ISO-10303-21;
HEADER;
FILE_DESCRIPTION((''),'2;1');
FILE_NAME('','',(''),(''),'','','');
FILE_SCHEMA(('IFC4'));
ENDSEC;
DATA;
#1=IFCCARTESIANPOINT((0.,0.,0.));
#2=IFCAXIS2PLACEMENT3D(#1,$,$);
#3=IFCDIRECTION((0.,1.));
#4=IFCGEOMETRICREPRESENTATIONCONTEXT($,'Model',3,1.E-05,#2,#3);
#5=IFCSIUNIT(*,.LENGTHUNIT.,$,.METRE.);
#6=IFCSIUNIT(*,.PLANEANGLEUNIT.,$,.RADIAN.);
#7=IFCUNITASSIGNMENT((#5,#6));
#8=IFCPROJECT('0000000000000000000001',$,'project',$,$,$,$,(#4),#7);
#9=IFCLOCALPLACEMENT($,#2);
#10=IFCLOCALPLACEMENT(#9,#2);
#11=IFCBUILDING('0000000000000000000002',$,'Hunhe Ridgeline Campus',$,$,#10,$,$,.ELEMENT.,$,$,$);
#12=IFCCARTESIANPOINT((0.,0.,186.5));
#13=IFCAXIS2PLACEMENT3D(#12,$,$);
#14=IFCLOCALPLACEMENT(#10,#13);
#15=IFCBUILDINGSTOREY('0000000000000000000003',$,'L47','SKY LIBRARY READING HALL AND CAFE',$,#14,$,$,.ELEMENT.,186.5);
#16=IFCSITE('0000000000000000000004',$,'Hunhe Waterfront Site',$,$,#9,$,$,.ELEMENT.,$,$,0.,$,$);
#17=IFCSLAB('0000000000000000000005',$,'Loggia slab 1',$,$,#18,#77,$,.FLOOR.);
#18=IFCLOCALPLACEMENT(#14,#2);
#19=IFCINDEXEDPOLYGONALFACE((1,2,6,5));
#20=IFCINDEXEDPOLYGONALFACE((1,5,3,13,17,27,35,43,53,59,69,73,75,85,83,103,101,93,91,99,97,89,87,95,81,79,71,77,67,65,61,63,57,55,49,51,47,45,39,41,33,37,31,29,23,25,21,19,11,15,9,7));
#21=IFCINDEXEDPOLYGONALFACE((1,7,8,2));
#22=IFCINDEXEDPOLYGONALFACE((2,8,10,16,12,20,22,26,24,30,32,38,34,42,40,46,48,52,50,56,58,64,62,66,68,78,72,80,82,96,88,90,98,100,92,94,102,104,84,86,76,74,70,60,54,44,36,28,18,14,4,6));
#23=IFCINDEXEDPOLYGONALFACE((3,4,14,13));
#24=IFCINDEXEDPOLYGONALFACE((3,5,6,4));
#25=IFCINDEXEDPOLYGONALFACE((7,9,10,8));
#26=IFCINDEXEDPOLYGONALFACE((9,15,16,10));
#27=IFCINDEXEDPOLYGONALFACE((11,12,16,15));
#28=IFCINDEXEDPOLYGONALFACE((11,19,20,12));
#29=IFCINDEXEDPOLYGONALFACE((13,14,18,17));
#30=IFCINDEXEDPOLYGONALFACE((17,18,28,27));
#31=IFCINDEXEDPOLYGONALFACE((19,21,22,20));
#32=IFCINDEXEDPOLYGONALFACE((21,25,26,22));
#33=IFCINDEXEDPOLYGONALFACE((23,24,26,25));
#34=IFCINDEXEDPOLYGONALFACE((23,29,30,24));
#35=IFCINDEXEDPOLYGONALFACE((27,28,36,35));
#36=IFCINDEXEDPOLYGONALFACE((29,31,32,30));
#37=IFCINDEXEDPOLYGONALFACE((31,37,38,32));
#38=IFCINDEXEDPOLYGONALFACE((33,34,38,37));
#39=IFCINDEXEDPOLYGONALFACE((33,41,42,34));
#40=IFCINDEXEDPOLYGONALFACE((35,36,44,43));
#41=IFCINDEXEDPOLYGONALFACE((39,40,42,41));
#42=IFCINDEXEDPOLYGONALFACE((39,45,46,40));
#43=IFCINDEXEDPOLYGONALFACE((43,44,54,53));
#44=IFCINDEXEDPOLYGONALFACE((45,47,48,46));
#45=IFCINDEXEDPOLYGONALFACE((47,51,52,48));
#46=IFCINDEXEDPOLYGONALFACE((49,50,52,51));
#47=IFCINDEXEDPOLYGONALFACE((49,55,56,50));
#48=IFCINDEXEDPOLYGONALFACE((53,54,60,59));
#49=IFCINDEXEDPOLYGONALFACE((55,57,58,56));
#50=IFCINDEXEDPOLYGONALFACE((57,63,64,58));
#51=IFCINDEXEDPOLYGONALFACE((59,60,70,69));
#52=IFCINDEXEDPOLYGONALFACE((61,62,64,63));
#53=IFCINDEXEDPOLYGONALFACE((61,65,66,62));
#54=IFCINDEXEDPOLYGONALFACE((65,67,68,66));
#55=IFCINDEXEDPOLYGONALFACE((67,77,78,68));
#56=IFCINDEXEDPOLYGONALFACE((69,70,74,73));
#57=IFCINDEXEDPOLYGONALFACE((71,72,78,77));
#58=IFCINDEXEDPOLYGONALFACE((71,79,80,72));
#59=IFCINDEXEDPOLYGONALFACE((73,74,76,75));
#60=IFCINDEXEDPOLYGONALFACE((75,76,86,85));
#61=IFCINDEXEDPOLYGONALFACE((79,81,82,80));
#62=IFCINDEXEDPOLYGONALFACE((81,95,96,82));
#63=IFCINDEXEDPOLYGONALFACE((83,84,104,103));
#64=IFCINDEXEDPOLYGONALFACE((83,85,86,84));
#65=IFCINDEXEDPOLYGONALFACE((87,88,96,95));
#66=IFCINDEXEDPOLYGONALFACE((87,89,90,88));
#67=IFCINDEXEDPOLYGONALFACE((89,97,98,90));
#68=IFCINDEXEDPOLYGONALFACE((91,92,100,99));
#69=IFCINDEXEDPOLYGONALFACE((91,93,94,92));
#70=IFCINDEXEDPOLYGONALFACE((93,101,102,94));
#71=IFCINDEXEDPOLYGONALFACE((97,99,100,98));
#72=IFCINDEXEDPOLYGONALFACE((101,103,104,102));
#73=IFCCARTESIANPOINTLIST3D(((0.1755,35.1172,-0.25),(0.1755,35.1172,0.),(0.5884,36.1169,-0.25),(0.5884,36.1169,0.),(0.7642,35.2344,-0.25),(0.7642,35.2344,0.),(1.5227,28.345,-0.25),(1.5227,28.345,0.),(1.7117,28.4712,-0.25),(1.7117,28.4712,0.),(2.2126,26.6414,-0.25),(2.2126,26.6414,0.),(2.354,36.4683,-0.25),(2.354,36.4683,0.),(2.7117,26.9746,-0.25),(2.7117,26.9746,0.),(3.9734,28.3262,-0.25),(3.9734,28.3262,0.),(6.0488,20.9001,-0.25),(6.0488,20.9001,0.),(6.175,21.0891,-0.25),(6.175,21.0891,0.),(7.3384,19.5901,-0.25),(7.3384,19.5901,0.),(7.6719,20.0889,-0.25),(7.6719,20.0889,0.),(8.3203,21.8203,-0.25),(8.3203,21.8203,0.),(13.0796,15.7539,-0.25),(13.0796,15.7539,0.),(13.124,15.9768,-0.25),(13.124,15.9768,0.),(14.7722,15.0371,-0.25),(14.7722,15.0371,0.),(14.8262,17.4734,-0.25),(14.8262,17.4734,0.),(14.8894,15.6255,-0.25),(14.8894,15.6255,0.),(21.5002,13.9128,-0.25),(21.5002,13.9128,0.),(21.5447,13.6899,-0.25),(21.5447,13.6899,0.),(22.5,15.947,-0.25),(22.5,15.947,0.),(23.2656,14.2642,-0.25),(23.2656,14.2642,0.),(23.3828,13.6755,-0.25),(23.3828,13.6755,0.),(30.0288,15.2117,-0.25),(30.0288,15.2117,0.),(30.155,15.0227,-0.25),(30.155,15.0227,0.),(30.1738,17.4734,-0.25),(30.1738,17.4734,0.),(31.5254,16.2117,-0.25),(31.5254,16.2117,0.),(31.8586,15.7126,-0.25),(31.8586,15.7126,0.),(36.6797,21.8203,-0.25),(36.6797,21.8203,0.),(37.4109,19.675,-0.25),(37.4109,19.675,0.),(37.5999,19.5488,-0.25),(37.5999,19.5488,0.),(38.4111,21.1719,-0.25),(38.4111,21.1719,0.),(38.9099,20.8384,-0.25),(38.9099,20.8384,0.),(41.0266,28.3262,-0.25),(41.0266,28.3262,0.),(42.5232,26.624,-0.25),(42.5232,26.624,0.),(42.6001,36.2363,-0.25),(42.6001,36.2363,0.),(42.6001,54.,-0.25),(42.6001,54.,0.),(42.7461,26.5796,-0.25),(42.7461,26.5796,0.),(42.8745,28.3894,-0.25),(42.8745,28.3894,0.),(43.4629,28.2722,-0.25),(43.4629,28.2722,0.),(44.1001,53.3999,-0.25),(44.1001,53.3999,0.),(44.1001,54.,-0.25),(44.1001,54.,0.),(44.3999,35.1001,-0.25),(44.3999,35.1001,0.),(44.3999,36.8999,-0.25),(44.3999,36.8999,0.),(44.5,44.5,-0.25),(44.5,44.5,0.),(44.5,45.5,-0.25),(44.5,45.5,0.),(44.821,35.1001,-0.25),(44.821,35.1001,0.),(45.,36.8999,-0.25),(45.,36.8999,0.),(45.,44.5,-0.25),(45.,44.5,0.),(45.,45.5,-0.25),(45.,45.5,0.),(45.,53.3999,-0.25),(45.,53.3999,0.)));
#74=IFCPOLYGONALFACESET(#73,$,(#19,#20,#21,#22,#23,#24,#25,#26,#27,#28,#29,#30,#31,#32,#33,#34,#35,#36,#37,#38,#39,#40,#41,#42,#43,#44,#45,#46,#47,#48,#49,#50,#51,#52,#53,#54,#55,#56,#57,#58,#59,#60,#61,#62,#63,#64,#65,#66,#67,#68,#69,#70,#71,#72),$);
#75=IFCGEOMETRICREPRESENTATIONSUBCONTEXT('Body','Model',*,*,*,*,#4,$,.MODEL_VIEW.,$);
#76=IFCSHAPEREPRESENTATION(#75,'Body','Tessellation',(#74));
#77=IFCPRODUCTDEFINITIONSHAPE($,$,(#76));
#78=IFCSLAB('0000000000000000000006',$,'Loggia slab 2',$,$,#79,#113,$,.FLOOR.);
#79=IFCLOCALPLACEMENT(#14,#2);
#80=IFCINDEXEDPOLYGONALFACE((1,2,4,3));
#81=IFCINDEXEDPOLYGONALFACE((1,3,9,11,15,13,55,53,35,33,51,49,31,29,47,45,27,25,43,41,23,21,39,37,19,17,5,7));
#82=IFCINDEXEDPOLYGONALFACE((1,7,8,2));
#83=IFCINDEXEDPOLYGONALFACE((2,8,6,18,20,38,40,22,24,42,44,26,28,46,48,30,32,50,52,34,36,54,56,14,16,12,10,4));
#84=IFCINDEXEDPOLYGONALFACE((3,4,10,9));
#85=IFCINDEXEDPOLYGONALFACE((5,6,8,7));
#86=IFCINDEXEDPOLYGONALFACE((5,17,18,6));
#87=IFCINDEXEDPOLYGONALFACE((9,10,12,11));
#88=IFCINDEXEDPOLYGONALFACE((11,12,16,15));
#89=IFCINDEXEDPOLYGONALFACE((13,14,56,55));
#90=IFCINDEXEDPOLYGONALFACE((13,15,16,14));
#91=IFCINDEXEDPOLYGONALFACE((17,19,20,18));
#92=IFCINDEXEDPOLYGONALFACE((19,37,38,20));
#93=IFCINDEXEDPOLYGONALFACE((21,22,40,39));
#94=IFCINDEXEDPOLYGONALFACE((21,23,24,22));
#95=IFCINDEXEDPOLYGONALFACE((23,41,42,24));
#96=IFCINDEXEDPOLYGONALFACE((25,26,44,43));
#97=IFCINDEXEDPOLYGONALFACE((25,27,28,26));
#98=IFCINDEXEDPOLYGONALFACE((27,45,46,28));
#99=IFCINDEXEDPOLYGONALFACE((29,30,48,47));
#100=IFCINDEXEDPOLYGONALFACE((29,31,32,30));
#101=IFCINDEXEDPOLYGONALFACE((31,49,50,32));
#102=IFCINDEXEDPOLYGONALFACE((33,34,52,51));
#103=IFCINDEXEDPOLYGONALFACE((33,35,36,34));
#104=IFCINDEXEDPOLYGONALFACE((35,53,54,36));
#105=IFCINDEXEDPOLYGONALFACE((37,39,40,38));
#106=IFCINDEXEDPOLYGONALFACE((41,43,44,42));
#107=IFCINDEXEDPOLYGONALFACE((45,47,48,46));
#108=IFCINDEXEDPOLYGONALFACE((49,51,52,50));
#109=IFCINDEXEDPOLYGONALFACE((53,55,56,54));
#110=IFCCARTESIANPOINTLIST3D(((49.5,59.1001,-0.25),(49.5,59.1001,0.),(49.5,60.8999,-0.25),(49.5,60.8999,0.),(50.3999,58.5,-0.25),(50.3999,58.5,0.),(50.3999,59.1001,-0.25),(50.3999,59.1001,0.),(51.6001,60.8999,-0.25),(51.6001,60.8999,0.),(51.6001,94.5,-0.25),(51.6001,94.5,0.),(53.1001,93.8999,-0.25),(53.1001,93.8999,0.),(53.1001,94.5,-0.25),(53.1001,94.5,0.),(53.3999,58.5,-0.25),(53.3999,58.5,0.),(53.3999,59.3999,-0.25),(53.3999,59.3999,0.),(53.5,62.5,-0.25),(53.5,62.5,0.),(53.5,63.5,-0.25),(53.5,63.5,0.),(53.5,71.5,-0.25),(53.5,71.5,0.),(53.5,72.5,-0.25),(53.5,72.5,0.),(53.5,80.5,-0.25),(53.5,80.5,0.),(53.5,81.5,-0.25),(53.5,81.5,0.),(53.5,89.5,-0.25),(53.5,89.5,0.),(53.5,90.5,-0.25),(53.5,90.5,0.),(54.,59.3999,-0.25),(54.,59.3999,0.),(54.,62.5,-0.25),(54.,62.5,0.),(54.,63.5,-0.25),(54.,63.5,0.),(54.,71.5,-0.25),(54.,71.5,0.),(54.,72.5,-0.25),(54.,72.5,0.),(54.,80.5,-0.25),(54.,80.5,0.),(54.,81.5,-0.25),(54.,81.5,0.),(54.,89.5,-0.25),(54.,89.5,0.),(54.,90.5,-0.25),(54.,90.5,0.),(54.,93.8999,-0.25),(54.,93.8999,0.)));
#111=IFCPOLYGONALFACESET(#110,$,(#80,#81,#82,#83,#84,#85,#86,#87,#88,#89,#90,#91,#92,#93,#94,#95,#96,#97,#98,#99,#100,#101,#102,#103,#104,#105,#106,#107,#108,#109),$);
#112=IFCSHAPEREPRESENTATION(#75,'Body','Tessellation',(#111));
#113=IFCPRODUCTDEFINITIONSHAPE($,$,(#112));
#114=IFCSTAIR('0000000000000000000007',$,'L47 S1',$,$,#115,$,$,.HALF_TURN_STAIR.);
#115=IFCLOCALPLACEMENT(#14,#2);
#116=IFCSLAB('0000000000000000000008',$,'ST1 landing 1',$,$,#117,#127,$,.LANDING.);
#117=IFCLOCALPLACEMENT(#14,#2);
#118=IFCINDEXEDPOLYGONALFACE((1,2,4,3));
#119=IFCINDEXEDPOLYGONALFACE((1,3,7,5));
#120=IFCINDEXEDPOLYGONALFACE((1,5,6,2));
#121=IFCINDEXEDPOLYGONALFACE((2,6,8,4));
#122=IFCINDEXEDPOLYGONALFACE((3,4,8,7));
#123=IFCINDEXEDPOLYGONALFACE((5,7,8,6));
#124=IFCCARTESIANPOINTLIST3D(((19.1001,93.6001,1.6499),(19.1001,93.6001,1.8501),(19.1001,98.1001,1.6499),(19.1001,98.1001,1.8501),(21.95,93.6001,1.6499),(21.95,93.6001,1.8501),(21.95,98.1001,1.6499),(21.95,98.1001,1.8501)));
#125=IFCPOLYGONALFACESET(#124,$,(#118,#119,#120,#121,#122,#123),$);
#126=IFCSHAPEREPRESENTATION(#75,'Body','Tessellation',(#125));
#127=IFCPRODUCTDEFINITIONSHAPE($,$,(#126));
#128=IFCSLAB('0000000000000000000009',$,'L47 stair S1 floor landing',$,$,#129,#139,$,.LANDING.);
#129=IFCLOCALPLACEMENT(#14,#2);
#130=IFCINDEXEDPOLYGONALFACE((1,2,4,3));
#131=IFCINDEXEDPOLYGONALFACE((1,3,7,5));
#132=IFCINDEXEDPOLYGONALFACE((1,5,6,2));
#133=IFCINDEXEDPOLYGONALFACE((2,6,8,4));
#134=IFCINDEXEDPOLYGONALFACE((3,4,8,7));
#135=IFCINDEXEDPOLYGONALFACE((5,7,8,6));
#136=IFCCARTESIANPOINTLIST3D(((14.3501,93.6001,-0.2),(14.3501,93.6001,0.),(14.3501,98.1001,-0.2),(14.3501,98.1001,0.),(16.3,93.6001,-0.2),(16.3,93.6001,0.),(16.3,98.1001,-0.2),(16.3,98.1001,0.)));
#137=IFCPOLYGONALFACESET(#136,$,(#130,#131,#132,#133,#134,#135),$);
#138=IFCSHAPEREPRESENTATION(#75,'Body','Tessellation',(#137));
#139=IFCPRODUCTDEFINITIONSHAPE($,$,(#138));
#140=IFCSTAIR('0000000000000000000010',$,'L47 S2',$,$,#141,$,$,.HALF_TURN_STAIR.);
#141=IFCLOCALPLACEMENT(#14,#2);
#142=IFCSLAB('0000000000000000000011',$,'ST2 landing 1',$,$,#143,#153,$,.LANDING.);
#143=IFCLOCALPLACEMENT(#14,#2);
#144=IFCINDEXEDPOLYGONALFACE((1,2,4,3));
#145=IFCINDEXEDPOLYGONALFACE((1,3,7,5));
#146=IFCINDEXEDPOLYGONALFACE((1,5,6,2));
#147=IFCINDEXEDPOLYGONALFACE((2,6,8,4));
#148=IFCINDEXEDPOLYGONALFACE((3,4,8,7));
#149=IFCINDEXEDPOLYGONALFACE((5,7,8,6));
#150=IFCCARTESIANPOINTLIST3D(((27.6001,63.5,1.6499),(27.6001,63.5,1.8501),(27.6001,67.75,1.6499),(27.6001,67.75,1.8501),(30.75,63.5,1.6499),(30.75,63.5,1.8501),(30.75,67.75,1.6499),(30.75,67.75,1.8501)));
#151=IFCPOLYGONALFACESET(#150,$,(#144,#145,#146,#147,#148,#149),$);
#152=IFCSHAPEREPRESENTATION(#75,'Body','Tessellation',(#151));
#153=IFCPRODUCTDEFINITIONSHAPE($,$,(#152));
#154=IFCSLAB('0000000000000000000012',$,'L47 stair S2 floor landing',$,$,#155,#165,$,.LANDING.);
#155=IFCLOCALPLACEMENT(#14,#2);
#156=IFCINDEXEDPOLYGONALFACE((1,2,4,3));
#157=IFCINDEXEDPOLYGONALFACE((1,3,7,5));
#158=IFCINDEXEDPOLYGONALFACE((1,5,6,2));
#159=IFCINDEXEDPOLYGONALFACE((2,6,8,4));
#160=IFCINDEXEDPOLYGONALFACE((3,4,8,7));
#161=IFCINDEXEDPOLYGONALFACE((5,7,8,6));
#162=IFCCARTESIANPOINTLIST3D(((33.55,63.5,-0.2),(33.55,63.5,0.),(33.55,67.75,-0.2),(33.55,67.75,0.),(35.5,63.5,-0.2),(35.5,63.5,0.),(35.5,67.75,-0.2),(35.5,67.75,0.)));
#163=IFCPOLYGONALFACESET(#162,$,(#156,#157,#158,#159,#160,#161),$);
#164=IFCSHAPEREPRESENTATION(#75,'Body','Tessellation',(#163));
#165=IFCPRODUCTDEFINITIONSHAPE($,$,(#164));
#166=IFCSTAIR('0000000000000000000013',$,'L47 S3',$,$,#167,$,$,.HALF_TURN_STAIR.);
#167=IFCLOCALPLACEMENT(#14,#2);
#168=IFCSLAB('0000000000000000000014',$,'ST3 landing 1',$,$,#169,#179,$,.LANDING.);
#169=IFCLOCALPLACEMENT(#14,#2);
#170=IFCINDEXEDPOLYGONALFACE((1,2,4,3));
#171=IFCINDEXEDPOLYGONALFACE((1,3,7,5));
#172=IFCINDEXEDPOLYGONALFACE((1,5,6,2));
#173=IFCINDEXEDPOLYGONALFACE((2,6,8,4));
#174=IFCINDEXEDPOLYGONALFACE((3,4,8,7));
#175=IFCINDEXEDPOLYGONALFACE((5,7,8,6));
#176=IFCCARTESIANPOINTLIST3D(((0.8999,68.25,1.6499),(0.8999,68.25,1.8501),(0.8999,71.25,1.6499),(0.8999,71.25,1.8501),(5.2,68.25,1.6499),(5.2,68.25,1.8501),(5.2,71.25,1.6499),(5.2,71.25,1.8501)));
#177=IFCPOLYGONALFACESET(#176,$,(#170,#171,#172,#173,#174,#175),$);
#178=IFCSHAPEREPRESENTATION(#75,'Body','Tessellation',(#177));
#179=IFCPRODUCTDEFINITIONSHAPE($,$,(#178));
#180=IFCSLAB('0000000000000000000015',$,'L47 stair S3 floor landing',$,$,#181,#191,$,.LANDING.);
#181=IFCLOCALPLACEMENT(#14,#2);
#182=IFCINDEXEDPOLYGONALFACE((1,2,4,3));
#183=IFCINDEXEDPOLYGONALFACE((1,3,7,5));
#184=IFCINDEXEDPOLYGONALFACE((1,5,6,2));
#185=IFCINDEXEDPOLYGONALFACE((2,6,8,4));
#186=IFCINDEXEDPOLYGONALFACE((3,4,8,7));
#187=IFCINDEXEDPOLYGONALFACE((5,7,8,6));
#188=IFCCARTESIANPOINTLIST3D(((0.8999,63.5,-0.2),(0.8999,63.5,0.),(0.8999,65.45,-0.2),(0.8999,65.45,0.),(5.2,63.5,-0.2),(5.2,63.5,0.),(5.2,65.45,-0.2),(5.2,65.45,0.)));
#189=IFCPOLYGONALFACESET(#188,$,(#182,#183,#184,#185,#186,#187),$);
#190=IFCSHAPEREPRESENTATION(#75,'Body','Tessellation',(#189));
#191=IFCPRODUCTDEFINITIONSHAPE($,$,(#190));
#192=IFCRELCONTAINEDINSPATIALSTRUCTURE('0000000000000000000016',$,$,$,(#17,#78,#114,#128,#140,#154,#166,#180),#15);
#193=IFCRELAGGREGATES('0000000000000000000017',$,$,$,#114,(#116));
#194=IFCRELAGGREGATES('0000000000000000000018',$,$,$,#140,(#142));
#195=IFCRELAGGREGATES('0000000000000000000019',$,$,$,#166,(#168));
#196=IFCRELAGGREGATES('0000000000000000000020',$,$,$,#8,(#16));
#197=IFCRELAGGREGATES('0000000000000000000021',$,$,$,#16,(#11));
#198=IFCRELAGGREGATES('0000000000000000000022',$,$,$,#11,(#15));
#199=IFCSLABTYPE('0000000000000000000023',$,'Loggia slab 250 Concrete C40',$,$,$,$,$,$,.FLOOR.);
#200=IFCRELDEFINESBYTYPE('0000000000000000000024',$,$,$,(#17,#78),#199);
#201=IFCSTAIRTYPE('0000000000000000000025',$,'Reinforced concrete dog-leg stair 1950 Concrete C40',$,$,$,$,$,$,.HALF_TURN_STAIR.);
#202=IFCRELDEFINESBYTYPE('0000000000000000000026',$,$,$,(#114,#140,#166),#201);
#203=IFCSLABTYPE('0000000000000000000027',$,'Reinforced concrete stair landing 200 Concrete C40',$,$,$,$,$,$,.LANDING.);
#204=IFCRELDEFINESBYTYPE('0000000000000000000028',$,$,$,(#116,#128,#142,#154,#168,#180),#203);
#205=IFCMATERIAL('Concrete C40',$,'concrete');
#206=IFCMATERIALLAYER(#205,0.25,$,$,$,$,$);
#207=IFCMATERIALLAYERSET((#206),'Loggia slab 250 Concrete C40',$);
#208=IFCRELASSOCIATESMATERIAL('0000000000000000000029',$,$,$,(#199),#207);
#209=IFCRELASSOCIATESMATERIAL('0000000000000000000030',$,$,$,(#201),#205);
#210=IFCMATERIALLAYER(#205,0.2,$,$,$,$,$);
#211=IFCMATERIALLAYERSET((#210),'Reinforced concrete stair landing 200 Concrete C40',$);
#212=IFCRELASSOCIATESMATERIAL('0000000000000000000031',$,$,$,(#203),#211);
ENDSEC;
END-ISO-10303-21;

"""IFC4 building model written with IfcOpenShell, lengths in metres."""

from ifc_helpers import new_model, si_unit, direction, frame, origin, place, context, subcontext, project, spatial, polyline, outline, extrude, material, layer, layer_set, type_object, element, aggregate, save


model = new_model("IFC4")

# Units and contexts
model_context = context("Model", 3, precision=1e-05, world=origin(), true_north=direction((0.0, 1.0)))
body_context = subcontext(model_context, "Body", "Model", "MODEL_VIEW")
ifc_project = project(units=[si_unit("LENGTHUNIT", "METRE"), si_unit("PLANEANGLEUNIT", "RADIAN")], contexts=[model_context])

# Site, building, storey
site_placement = place(None, origin())
site = spatial("IfcSite", under=ifc_project, at=site_placement, Name="Hunhe Waterfront Site", CompositionType="ELEMENT", RefElevation=0.0)
building_placement = place(site_placement, origin())
building = spatial("IfcBuilding", under=site, at=building_placement, Name="Hunhe Ridgeline Campus", CompositionType="ELEMENT")
storey_placement = place(building_placement, frame((0.0, 0.0, 186.5)))
storey = spatial("IfcBuildingStorey", under=building, at=storey_placement, Name="L47", Description="SKY LIBRARY READING HALL AND CAFE", CompositionType="ELEMENT", Elevation=186.5)

# Slabs
ifc_material_1 = material(Name="Concrete C40", Category="concrete")
ifc_layer_1 = layer(ifc_material_1, 0.25)
ifc_layer_set_1 = layer_set([ifc_layer_1], Name="Loggia slab 250 Concrete C40")
slab_type_1 = type_object("IfcSlabType", Name="Loggia slab 250 Concrete C40", PredefinedType="FLOOR", material=ifc_layer_set_1)
slab_1_placement = place(storey_placement, frame((0.0, 0.0, -0.25)))
element("IfcSlab", 1, at=slab_1_placement, inside=storey, type_object=slab_type_1, Name="Loggia slab 1", PredefinedType="FLOOR", context=body_context, shape_type="SweptSolid", body=[
    extrude(outline(polyline([(30.1738, 17.4734), (22.5, 15.947), (14.8262, 17.4734), (8.3203, 21.8203), (3.9734, 28.3262), (2.354, 36.4683), (0.5884, 36.1169), (0.7642, 35.2344), (0.1755, 35.1172), (1.5227, 28.345), (1.7117, 28.4712), (2.7117, 26.9746), (2.2126, 26.6414), (6.0488, 20.9001), (6.175, 21.0891), (7.6719, 20.0889), (7.3384, 19.5901), (13.0796, 15.7539), (13.124, 15.9768), (14.8894, 15.6255), (14.7722, 15.0371), (21.5447, 13.6899), (21.5002, 13.9128), (23.2656, 14.2642), (23.3828, 13.6755), (30.155, 15.0227), (30.0288, 15.2117), (31.5254, 16.2117), (31.8586, 15.7126), (37.5999, 19.5488), (37.4109, 19.675), (38.4111, 21.1719), (38.9099, 20.8384), (42.7461, 26.5796), (42.5232, 26.624), (42.8745, 28.3894), (43.4629, 28.2722), (44.821, 35.1001), (44.3999, 35.1001), (44.3999, 36.8999), (45.0, 36.8999), (45.0, 44.5), (44.5, 44.5), (44.5, 45.5), (45.0, 45.5), (45.0, 53.3999), (44.1001, 53.3999), (44.1001, 54.0), (42.6001, 54.0), (42.6001, 36.2363), (41.0266, 28.3262), (36.6797, 21.8203), (30.1738, 17.4734)])), origin(), (0.0, 0.0, 1.0), 0.25),
])
slab_2_placement = place(storey_placement, frame((0.0, 0.0, -0.25)))
element("IfcSlab", 2, at=slab_2_placement, inside=storey, type_object=slab_type_1, Name="Loggia slab 2", PredefinedType="FLOOR", context=body_context, shape_type="SweptSolid", body=[
    extrude(outline(polyline([(49.5, 59.1001), (50.3999, 59.1001), (50.3999, 58.5), (53.3999, 58.5), (53.3999, 59.3999), (54.0, 59.3999), (54.0, 62.5), (53.5, 62.5), (53.5, 63.5), (54.0, 63.5), (54.0, 71.5), (53.5, 71.5), (53.5, 72.5), (54.0, 72.5), (54.0, 80.5), (53.5, 80.5), (53.5, 81.5), (54.0, 81.5), (54.0, 89.5), (53.5, 89.5), (53.5, 90.5), (54.0, 90.5), (54.0, 93.8999), (53.1001, 93.8999), (53.1001, 94.5), (51.6001, 94.5), (51.6001, 60.8999), (49.5, 60.8999), (49.5, 59.1001)])), origin(), (0.0, 0.0, 1.0), 0.25),
])

# Stair, slab
stair_type = type_object("IfcStairType", Name="Reinforced concrete dog-leg stair 1950 Concrete C40", PredefinedType="HALF_TURN_STAIR", material=ifc_material_1)
stair_1_placement = place(storey_placement, origin())
stair_1 = element("IfcStair", 3, at=stair_1_placement, inside=storey, type_object=stair_type, Name="L47 S1", PredefinedType="HALF_TURN_STAIR")
ifc_layer_2 = layer(ifc_material_1, 0.2)
ifc_layer_set_2 = layer_set([ifc_layer_2], Name="Reinforced concrete stair landing 200 Concrete C40")
slab_type_2 = type_object("IfcSlabType", Name="Reinforced concrete stair landing 200 Concrete C40", PredefinedType="LANDING", material=ifc_layer_set_2)
slab_3_placement = place(storey_placement, frame((0.0, 0.0, 1.6499)))
slab_3 = element("IfcSlab", 4, at=slab_3_placement, type_object=slab_type_2, Name="ST1 landing 1", PredefinedType="LANDING", context=body_context, shape_type="SweptSolid", body=[
    extrude(outline(polyline([(19.1001, 93.6001), (21.95, 93.6001), (21.95, 98.1001), (19.1001, 98.1001), (19.1001, 93.6001)])), origin(), (0.0, 0.0, 1.0), 0.2002),
])
aggregate(stair_1, [slab_3])

# Slab
slab_4_placement = place(storey_placement, frame((0.0, 0.0, -0.2)))
element("IfcSlab", 5, at=slab_4_placement, inside=storey, type_object=slab_type_2, Name="L47 stair S1 floor landing", PredefinedType="LANDING", context=body_context, shape_type="SweptSolid", body=[
    extrude(outline(polyline([(14.3501, 93.6001), (16.3, 93.6001), (16.3, 98.1001), (14.3501, 98.1001), (14.3501, 93.6001)])), origin(), (0.0, 0.0, 1.0), 0.2),
])

# Stair, slab
stair_2_placement = place(storey_placement, origin())
stair_2 = element("IfcStair", 6, at=stair_2_placement, inside=storey, type_object=stair_type, Name="L47 S2", PredefinedType="HALF_TURN_STAIR")
slab_5_placement = place(storey_placement, frame((0.0, 0.0, 1.6499)))
slab_5 = element("IfcSlab", 7, at=slab_5_placement, type_object=slab_type_2, Name="ST2 landing 1", PredefinedType="LANDING", context=body_context, shape_type="SweptSolid", body=[
    extrude(outline(polyline([(30.75, 67.75), (27.6001, 67.75), (27.6001, 63.5), (30.75, 63.5), (30.75, 67.75)])), origin(), (0.0, 0.0, 1.0), 0.2002),
])
aggregate(stair_2, [slab_5])

# Slab
slab_6_placement = place(storey_placement, frame((0.0, 0.0, -0.2)))
element("IfcSlab", 8, at=slab_6_placement, inside=storey, type_object=slab_type_2, Name="L47 stair S2 floor landing", PredefinedType="LANDING", context=body_context, shape_type="SweptSolid", body=[
    extrude(outline(polyline([(35.5, 67.75), (33.55, 67.75), (33.55, 63.5), (35.5, 63.5), (35.5, 67.75)])), origin(), (0.0, 0.0, 1.0), 0.2),
])

# Stair, slab
stair_3_placement = place(storey_placement, origin())
stair_3 = element("IfcStair", 9, at=stair_3_placement, inside=storey, type_object=stair_type, Name="L47 S3", PredefinedType="HALF_TURN_STAIR")
slab_7_placement = place(storey_placement, frame((0.0, 0.0, 1.6499)))
slab_7 = element("IfcSlab", 10, at=slab_7_placement, type_object=slab_type_2, Name="ST3 landing 1", PredefinedType="LANDING", context=body_context, shape_type="SweptSolid", body=[
    extrude(outline(polyline([(5.2, 68.25), (5.2, 71.25), (0.8999, 71.25), (0.8999, 68.25), (5.2, 68.25)])), origin(), (0.0, 0.0, 1.0), 0.2002),
])
aggregate(stair_3, [slab_7])

# Slab
slab_8_placement = place(storey_placement, frame((0.0, 0.0, -0.2)))
element("IfcSlab", 11, at=slab_8_placement, inside=storey, type_object=slab_type_2, Name="L47 stair S3 floor landing", PredefinedType="LANDING", context=body_context, shape_type="SweptSolid", body=[
    extrude(outline(polyline([(5.2, 63.5), (5.2, 65.45), (0.8999, 65.45), (0.8999, 63.5), (5.2, 63.5)])), origin(), (0.0, 0.0, 1.0), 0.2),
])

save(model, "model.ifc")
